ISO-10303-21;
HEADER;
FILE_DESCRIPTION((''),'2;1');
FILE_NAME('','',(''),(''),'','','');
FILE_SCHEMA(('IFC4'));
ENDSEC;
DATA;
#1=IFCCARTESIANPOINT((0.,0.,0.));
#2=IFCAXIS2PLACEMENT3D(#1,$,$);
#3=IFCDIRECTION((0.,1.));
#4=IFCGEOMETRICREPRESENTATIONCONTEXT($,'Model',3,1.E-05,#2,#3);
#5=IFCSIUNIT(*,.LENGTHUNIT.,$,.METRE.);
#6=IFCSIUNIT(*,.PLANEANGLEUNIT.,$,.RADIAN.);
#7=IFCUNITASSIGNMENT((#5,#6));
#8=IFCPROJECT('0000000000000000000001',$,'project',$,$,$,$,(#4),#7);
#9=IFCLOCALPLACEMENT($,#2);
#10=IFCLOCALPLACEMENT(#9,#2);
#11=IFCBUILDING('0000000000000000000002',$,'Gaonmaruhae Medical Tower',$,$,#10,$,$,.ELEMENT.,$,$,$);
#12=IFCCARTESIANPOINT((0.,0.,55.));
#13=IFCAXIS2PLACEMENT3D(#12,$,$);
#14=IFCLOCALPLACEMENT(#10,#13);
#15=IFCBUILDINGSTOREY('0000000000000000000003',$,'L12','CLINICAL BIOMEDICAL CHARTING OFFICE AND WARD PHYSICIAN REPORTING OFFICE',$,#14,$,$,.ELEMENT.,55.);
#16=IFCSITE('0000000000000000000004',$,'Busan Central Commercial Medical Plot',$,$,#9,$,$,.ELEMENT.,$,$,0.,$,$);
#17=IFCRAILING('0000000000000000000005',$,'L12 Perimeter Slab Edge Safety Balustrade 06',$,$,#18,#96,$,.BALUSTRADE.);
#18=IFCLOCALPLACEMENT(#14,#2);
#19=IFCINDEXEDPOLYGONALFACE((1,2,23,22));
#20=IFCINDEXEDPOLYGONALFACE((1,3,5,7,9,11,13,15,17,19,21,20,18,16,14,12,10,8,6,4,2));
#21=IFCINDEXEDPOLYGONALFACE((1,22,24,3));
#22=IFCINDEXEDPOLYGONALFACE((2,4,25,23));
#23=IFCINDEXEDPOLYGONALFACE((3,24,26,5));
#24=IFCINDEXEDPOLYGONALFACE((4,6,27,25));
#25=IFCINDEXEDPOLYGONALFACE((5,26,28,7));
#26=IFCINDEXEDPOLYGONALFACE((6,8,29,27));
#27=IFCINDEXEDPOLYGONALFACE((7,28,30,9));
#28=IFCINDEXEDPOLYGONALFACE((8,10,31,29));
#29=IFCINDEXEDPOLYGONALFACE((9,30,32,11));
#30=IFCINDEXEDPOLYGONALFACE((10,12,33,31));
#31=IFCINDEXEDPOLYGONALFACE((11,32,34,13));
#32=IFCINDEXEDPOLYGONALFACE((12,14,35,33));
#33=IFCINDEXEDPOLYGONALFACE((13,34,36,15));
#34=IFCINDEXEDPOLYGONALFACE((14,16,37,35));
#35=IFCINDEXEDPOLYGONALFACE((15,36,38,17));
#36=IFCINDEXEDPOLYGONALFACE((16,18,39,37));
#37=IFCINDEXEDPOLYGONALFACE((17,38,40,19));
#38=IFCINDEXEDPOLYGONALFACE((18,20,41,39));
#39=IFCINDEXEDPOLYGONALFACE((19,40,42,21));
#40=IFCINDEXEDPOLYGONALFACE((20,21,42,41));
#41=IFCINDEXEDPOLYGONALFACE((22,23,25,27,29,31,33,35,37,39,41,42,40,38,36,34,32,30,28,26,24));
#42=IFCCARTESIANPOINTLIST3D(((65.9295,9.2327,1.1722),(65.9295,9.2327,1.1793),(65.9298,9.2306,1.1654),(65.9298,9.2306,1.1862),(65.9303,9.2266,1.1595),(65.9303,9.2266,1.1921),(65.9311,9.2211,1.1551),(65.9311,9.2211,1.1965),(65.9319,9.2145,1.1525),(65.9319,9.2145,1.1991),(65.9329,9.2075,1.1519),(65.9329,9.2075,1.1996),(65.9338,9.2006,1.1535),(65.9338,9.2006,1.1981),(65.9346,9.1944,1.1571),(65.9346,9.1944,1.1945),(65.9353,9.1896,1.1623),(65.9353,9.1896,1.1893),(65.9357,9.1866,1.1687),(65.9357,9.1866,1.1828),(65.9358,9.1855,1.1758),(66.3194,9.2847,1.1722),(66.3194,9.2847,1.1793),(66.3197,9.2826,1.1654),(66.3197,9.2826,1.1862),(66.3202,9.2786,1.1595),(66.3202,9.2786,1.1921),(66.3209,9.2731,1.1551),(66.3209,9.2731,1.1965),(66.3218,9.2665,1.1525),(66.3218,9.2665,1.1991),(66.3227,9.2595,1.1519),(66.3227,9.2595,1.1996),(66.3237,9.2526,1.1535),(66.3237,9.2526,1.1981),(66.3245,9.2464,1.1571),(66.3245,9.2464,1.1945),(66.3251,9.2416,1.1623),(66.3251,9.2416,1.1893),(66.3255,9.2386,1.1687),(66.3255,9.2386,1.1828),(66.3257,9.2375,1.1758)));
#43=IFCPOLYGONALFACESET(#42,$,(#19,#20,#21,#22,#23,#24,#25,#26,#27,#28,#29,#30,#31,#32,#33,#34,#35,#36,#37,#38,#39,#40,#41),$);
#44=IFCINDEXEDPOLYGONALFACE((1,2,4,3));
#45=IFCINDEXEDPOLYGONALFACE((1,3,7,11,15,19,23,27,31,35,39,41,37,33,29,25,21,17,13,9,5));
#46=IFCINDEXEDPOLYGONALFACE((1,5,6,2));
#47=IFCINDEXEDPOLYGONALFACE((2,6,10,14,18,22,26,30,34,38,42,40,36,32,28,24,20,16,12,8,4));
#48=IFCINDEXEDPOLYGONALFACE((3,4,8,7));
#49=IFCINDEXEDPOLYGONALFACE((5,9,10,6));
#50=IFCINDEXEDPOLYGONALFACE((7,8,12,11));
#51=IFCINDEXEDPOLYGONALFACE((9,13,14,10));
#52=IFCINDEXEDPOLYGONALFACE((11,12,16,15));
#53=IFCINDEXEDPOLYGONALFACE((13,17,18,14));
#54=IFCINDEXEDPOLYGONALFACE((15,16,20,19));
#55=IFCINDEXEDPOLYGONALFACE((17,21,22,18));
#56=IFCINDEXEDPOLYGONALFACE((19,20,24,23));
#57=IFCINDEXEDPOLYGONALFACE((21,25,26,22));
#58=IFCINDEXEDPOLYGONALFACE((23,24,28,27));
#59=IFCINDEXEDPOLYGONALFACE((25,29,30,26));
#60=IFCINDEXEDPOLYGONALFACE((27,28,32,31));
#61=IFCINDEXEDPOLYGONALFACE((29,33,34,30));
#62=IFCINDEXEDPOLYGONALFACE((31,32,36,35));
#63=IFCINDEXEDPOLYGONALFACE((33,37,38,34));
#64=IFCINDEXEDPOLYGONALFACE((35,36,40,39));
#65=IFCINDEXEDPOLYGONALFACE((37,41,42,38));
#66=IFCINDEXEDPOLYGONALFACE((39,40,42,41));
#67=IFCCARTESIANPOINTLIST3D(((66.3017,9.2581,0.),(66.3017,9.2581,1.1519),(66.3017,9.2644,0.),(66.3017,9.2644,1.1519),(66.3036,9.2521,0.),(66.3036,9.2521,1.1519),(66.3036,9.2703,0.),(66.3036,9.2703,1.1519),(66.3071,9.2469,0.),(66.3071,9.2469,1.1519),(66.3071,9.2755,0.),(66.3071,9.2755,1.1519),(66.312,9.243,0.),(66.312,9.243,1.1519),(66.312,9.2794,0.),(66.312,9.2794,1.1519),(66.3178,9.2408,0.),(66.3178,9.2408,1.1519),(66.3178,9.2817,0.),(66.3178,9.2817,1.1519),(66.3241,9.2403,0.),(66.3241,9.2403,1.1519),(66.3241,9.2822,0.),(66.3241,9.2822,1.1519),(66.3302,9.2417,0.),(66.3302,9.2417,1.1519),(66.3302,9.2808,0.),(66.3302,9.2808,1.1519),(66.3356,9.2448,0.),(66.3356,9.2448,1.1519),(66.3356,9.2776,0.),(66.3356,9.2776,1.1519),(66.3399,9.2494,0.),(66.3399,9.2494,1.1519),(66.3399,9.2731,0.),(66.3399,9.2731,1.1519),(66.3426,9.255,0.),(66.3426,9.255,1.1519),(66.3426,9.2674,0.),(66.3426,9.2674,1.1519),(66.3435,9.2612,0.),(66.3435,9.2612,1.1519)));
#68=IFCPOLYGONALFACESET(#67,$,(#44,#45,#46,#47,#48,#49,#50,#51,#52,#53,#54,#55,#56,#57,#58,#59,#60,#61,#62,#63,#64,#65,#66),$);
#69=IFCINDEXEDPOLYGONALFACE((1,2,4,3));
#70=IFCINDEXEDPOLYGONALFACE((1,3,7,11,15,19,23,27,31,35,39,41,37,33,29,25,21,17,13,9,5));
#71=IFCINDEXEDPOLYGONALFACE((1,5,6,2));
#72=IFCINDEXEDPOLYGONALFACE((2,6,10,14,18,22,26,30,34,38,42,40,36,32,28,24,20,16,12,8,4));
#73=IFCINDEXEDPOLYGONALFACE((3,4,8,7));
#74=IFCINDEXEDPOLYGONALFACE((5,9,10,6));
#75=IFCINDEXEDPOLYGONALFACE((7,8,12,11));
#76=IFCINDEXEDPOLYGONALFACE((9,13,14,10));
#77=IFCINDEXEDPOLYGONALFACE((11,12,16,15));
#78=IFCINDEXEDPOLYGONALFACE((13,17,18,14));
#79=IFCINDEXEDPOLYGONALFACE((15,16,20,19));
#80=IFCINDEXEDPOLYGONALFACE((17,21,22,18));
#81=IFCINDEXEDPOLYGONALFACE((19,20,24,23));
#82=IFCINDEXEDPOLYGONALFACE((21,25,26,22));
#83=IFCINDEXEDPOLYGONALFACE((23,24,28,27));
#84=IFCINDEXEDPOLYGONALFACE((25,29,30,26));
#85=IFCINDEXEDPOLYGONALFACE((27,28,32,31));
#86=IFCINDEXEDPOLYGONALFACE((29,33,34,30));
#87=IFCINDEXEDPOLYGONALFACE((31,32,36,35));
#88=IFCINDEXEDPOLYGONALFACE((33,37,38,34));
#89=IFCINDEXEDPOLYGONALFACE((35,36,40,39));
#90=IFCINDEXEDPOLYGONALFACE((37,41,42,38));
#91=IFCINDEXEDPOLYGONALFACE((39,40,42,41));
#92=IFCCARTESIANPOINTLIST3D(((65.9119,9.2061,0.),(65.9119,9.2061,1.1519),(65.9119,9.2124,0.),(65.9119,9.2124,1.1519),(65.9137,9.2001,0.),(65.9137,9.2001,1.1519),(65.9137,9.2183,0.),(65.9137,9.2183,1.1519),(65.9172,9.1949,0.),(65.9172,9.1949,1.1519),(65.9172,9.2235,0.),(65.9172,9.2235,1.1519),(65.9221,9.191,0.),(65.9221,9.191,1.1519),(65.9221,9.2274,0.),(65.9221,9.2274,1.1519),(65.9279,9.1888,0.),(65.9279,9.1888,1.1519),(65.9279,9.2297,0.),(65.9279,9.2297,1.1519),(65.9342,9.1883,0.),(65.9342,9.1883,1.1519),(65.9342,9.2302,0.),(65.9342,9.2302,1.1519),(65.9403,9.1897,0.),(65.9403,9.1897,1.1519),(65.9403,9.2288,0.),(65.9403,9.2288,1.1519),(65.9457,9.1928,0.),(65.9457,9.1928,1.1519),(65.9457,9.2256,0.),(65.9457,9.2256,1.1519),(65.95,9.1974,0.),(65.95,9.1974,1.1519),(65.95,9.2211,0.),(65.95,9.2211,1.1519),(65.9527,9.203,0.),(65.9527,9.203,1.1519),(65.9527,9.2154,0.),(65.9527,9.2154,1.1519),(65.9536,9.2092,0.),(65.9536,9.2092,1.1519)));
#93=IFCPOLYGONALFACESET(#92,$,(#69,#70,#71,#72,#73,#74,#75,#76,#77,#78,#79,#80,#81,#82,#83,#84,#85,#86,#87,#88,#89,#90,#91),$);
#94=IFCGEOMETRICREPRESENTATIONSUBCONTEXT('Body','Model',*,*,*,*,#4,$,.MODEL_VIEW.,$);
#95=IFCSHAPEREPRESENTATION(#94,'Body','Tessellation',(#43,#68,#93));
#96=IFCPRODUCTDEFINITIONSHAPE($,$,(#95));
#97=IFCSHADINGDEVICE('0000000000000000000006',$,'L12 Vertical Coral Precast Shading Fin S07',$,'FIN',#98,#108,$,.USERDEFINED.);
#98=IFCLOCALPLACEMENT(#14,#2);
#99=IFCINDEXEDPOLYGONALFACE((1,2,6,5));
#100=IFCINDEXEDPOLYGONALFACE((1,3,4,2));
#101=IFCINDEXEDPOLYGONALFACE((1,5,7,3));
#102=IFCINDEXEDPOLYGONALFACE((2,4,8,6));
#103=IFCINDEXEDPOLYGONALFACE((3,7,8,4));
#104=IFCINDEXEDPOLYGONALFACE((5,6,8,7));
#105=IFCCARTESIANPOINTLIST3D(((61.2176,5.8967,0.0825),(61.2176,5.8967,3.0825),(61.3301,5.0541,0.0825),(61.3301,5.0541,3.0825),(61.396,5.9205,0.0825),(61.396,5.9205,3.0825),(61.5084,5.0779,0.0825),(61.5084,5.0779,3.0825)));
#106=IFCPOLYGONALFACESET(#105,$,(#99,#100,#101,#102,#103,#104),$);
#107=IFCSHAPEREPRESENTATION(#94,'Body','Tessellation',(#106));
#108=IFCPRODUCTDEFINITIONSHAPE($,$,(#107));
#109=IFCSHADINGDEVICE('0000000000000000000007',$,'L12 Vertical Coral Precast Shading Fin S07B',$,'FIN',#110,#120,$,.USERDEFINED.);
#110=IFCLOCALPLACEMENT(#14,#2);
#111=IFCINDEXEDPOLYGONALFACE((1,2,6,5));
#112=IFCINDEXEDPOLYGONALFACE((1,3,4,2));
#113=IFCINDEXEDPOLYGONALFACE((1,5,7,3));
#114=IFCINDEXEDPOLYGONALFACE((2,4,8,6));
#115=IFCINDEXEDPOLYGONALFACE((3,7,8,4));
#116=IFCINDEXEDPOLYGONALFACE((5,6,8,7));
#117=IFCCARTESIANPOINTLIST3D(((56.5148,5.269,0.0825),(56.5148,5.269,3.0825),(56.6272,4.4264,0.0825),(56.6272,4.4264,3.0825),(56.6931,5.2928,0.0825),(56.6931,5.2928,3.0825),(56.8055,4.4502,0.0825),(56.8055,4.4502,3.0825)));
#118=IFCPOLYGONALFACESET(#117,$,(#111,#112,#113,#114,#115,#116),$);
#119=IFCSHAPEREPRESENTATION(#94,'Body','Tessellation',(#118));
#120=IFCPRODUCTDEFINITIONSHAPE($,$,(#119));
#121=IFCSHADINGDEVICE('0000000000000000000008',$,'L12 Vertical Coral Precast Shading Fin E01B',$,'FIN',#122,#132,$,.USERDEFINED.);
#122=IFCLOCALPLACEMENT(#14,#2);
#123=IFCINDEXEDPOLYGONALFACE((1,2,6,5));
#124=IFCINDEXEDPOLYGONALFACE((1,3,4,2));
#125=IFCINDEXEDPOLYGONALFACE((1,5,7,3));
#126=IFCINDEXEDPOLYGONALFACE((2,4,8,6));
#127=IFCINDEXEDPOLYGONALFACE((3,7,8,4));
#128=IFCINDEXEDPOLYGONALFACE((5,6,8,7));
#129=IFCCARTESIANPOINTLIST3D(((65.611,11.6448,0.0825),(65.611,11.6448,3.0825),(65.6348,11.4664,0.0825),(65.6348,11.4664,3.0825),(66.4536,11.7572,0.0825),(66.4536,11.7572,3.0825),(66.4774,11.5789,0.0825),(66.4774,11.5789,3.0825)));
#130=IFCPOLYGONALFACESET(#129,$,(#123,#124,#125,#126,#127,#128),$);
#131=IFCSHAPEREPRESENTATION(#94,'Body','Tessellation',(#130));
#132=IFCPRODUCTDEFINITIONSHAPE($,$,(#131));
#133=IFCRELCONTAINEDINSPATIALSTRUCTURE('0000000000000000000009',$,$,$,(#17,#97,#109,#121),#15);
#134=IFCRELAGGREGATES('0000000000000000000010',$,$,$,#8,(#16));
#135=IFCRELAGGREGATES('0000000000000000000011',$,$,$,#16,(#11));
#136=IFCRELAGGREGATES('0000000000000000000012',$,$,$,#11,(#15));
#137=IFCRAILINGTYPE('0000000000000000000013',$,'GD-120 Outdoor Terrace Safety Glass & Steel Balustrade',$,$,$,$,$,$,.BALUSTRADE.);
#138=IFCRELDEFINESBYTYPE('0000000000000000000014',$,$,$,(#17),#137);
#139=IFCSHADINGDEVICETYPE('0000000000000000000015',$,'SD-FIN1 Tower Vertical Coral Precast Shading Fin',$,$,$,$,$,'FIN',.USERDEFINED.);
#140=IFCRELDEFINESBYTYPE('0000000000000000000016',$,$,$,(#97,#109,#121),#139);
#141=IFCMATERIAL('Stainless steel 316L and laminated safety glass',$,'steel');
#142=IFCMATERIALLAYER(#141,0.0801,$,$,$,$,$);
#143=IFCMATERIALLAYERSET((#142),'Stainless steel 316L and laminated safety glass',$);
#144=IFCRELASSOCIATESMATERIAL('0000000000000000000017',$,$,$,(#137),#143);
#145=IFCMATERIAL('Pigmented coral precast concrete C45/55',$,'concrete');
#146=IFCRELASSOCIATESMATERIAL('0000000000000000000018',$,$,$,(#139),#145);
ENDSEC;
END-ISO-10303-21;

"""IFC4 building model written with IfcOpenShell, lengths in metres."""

from ifc_helpers import new_model, si_unit, direction, frame, origin, origin_2d, place, context, subcontext, project, spatial, rectangle, circle, extrude, material, layer, layer_set, type_object, element, save


model = new_model("IFC4")

# Units and contexts
model_context = context("Model", 3, precision=1e-05, world=origin(), true_north=direction((0.0, 1.0)))
body_context = subcontext(model_context, "Body", "Model", "MODEL_VIEW")
ifc_project = project(units=[si_unit("LENGTHUNIT", "METRE"), si_unit("PLANEANGLEUNIT", "RADIAN")], contexts=[model_context])

# Site, building, storey
site_placement = place(None, origin())
site = spatial("IfcSite", under=ifc_project, at=site_placement, Name="Busan Central Commercial Medical Plot", CompositionType="ELEMENT", RefElevation=0.0)
building_placement = place(site_placement, origin())
building = spatial("IfcBuilding", under=site, at=building_placement, Name="Gaonmaruhae Medical Tower", CompositionType="ELEMENT")
storey_placement = place(building_placement, frame((0.0, 0.0, 55.0)))
storey = spatial("IfcBuildingStorey", under=building, at=storey_placement, Name="L12", Description="CLINICAL BIOMEDICAL CHARTING OFFICE AND WARD PHYSICIAN REPORTING OFFICE", CompositionType="ELEMENT", Elevation=55.0)

# Railing
ifc_material_1 = material(Name="Stainless steel 316L and laminated safety glass", Category="steel")
ifc_layer_1 = layer(ifc_material_1, 0.0801)
ifc_layer_set_1 = layer_set([ifc_layer_1], Name="Stainless steel 316L and laminated safety glass")
railing_type = type_object("IfcRailingType", Name="GD-120 Outdoor Terrace Safety Glass & Steel Balustrade", PredefinedType="BALUSTRADE", material=ifc_layer_set_1)
railing_placement = place(storey_placement, frame((66.3225, 9.2612, 0.0)))
element("IfcRailing", 1, at=railing_placement, inside=storey, type_object=railing_type, Name="L12 Perimeter Slab Edge Safety Balustrade 06", PredefinedType="BALUSTRADE", context=body_context, shape_type="SweptSolid", body=[
    extrude(circle(Radius=0.0239, at=origin_2d()), frame((0.0, 0.0, 1.1758), z_axis=(-0.991222, -0.132204, 0.0), x_axis=(0.132204, -0.991222, 0.0)), (0.0, 0.0, 1.0), 0.3933),
    extrude(circle(Radius=0.021, at=origin_2d()), origin(), (0.0, 0.0, 1.0), 1.1519),
    extrude(circle(Radius=0.021, at=origin_2d()), frame((-0.3899, -0.052, 0.0)), (0.0, 0.0, 1.0), 1.1519),
])

# Shading devices
ifc_material_2 = material(Name="Pigmented coral precast concrete C45/55", Category="concrete")
shading_device_type = type_object("IfcShadingDeviceType", Name="SD-FIN1 Tower Vertical Coral Precast Shading Fin", ElementType="FIN", PredefinedType="USERDEFINED", material=ifc_material_2)
for number, where, z_axis, x_axis, name in (
    (2, (61.363, 5.4873, 0.0825), (0.0, 0.0, 1.0), (-0.991216, -0.132256, 0.0), "L12 Vertical Coral Precast Shading Fin S07"),
    (3, (56.6602, 4.8596, 0.0825), (0.0, 0.0, 1.0), (-0.991216, -0.132256, 0.0), "L12 Vertical Coral Precast Shading Fin S07B"),
    (4, (66.0442, 11.6118, 0.0825), (0.0, 0.0, 1.0), (0.132256, -0.991216, 0.0), "L12 Vertical Coral Precast Shading Fin E01B"),
):
    element("IfcShadingDevice", number, at=place(storey_placement, frame(where, z_axis=z_axis, x_axis=x_axis)), inside=storey, type_object=shading_device_type, Name=name, ObjectType="FIN", PredefinedType="USERDEFINED", context=body_context, shape_type="SweptSolid", body=[
        extrude(rectangle(XDim=0.1799, YDim=0.8501, at=origin_2d()), origin(), (0.0, 0.0, 1.0), 3.0),
    ])

save(model, "model.ifc")
